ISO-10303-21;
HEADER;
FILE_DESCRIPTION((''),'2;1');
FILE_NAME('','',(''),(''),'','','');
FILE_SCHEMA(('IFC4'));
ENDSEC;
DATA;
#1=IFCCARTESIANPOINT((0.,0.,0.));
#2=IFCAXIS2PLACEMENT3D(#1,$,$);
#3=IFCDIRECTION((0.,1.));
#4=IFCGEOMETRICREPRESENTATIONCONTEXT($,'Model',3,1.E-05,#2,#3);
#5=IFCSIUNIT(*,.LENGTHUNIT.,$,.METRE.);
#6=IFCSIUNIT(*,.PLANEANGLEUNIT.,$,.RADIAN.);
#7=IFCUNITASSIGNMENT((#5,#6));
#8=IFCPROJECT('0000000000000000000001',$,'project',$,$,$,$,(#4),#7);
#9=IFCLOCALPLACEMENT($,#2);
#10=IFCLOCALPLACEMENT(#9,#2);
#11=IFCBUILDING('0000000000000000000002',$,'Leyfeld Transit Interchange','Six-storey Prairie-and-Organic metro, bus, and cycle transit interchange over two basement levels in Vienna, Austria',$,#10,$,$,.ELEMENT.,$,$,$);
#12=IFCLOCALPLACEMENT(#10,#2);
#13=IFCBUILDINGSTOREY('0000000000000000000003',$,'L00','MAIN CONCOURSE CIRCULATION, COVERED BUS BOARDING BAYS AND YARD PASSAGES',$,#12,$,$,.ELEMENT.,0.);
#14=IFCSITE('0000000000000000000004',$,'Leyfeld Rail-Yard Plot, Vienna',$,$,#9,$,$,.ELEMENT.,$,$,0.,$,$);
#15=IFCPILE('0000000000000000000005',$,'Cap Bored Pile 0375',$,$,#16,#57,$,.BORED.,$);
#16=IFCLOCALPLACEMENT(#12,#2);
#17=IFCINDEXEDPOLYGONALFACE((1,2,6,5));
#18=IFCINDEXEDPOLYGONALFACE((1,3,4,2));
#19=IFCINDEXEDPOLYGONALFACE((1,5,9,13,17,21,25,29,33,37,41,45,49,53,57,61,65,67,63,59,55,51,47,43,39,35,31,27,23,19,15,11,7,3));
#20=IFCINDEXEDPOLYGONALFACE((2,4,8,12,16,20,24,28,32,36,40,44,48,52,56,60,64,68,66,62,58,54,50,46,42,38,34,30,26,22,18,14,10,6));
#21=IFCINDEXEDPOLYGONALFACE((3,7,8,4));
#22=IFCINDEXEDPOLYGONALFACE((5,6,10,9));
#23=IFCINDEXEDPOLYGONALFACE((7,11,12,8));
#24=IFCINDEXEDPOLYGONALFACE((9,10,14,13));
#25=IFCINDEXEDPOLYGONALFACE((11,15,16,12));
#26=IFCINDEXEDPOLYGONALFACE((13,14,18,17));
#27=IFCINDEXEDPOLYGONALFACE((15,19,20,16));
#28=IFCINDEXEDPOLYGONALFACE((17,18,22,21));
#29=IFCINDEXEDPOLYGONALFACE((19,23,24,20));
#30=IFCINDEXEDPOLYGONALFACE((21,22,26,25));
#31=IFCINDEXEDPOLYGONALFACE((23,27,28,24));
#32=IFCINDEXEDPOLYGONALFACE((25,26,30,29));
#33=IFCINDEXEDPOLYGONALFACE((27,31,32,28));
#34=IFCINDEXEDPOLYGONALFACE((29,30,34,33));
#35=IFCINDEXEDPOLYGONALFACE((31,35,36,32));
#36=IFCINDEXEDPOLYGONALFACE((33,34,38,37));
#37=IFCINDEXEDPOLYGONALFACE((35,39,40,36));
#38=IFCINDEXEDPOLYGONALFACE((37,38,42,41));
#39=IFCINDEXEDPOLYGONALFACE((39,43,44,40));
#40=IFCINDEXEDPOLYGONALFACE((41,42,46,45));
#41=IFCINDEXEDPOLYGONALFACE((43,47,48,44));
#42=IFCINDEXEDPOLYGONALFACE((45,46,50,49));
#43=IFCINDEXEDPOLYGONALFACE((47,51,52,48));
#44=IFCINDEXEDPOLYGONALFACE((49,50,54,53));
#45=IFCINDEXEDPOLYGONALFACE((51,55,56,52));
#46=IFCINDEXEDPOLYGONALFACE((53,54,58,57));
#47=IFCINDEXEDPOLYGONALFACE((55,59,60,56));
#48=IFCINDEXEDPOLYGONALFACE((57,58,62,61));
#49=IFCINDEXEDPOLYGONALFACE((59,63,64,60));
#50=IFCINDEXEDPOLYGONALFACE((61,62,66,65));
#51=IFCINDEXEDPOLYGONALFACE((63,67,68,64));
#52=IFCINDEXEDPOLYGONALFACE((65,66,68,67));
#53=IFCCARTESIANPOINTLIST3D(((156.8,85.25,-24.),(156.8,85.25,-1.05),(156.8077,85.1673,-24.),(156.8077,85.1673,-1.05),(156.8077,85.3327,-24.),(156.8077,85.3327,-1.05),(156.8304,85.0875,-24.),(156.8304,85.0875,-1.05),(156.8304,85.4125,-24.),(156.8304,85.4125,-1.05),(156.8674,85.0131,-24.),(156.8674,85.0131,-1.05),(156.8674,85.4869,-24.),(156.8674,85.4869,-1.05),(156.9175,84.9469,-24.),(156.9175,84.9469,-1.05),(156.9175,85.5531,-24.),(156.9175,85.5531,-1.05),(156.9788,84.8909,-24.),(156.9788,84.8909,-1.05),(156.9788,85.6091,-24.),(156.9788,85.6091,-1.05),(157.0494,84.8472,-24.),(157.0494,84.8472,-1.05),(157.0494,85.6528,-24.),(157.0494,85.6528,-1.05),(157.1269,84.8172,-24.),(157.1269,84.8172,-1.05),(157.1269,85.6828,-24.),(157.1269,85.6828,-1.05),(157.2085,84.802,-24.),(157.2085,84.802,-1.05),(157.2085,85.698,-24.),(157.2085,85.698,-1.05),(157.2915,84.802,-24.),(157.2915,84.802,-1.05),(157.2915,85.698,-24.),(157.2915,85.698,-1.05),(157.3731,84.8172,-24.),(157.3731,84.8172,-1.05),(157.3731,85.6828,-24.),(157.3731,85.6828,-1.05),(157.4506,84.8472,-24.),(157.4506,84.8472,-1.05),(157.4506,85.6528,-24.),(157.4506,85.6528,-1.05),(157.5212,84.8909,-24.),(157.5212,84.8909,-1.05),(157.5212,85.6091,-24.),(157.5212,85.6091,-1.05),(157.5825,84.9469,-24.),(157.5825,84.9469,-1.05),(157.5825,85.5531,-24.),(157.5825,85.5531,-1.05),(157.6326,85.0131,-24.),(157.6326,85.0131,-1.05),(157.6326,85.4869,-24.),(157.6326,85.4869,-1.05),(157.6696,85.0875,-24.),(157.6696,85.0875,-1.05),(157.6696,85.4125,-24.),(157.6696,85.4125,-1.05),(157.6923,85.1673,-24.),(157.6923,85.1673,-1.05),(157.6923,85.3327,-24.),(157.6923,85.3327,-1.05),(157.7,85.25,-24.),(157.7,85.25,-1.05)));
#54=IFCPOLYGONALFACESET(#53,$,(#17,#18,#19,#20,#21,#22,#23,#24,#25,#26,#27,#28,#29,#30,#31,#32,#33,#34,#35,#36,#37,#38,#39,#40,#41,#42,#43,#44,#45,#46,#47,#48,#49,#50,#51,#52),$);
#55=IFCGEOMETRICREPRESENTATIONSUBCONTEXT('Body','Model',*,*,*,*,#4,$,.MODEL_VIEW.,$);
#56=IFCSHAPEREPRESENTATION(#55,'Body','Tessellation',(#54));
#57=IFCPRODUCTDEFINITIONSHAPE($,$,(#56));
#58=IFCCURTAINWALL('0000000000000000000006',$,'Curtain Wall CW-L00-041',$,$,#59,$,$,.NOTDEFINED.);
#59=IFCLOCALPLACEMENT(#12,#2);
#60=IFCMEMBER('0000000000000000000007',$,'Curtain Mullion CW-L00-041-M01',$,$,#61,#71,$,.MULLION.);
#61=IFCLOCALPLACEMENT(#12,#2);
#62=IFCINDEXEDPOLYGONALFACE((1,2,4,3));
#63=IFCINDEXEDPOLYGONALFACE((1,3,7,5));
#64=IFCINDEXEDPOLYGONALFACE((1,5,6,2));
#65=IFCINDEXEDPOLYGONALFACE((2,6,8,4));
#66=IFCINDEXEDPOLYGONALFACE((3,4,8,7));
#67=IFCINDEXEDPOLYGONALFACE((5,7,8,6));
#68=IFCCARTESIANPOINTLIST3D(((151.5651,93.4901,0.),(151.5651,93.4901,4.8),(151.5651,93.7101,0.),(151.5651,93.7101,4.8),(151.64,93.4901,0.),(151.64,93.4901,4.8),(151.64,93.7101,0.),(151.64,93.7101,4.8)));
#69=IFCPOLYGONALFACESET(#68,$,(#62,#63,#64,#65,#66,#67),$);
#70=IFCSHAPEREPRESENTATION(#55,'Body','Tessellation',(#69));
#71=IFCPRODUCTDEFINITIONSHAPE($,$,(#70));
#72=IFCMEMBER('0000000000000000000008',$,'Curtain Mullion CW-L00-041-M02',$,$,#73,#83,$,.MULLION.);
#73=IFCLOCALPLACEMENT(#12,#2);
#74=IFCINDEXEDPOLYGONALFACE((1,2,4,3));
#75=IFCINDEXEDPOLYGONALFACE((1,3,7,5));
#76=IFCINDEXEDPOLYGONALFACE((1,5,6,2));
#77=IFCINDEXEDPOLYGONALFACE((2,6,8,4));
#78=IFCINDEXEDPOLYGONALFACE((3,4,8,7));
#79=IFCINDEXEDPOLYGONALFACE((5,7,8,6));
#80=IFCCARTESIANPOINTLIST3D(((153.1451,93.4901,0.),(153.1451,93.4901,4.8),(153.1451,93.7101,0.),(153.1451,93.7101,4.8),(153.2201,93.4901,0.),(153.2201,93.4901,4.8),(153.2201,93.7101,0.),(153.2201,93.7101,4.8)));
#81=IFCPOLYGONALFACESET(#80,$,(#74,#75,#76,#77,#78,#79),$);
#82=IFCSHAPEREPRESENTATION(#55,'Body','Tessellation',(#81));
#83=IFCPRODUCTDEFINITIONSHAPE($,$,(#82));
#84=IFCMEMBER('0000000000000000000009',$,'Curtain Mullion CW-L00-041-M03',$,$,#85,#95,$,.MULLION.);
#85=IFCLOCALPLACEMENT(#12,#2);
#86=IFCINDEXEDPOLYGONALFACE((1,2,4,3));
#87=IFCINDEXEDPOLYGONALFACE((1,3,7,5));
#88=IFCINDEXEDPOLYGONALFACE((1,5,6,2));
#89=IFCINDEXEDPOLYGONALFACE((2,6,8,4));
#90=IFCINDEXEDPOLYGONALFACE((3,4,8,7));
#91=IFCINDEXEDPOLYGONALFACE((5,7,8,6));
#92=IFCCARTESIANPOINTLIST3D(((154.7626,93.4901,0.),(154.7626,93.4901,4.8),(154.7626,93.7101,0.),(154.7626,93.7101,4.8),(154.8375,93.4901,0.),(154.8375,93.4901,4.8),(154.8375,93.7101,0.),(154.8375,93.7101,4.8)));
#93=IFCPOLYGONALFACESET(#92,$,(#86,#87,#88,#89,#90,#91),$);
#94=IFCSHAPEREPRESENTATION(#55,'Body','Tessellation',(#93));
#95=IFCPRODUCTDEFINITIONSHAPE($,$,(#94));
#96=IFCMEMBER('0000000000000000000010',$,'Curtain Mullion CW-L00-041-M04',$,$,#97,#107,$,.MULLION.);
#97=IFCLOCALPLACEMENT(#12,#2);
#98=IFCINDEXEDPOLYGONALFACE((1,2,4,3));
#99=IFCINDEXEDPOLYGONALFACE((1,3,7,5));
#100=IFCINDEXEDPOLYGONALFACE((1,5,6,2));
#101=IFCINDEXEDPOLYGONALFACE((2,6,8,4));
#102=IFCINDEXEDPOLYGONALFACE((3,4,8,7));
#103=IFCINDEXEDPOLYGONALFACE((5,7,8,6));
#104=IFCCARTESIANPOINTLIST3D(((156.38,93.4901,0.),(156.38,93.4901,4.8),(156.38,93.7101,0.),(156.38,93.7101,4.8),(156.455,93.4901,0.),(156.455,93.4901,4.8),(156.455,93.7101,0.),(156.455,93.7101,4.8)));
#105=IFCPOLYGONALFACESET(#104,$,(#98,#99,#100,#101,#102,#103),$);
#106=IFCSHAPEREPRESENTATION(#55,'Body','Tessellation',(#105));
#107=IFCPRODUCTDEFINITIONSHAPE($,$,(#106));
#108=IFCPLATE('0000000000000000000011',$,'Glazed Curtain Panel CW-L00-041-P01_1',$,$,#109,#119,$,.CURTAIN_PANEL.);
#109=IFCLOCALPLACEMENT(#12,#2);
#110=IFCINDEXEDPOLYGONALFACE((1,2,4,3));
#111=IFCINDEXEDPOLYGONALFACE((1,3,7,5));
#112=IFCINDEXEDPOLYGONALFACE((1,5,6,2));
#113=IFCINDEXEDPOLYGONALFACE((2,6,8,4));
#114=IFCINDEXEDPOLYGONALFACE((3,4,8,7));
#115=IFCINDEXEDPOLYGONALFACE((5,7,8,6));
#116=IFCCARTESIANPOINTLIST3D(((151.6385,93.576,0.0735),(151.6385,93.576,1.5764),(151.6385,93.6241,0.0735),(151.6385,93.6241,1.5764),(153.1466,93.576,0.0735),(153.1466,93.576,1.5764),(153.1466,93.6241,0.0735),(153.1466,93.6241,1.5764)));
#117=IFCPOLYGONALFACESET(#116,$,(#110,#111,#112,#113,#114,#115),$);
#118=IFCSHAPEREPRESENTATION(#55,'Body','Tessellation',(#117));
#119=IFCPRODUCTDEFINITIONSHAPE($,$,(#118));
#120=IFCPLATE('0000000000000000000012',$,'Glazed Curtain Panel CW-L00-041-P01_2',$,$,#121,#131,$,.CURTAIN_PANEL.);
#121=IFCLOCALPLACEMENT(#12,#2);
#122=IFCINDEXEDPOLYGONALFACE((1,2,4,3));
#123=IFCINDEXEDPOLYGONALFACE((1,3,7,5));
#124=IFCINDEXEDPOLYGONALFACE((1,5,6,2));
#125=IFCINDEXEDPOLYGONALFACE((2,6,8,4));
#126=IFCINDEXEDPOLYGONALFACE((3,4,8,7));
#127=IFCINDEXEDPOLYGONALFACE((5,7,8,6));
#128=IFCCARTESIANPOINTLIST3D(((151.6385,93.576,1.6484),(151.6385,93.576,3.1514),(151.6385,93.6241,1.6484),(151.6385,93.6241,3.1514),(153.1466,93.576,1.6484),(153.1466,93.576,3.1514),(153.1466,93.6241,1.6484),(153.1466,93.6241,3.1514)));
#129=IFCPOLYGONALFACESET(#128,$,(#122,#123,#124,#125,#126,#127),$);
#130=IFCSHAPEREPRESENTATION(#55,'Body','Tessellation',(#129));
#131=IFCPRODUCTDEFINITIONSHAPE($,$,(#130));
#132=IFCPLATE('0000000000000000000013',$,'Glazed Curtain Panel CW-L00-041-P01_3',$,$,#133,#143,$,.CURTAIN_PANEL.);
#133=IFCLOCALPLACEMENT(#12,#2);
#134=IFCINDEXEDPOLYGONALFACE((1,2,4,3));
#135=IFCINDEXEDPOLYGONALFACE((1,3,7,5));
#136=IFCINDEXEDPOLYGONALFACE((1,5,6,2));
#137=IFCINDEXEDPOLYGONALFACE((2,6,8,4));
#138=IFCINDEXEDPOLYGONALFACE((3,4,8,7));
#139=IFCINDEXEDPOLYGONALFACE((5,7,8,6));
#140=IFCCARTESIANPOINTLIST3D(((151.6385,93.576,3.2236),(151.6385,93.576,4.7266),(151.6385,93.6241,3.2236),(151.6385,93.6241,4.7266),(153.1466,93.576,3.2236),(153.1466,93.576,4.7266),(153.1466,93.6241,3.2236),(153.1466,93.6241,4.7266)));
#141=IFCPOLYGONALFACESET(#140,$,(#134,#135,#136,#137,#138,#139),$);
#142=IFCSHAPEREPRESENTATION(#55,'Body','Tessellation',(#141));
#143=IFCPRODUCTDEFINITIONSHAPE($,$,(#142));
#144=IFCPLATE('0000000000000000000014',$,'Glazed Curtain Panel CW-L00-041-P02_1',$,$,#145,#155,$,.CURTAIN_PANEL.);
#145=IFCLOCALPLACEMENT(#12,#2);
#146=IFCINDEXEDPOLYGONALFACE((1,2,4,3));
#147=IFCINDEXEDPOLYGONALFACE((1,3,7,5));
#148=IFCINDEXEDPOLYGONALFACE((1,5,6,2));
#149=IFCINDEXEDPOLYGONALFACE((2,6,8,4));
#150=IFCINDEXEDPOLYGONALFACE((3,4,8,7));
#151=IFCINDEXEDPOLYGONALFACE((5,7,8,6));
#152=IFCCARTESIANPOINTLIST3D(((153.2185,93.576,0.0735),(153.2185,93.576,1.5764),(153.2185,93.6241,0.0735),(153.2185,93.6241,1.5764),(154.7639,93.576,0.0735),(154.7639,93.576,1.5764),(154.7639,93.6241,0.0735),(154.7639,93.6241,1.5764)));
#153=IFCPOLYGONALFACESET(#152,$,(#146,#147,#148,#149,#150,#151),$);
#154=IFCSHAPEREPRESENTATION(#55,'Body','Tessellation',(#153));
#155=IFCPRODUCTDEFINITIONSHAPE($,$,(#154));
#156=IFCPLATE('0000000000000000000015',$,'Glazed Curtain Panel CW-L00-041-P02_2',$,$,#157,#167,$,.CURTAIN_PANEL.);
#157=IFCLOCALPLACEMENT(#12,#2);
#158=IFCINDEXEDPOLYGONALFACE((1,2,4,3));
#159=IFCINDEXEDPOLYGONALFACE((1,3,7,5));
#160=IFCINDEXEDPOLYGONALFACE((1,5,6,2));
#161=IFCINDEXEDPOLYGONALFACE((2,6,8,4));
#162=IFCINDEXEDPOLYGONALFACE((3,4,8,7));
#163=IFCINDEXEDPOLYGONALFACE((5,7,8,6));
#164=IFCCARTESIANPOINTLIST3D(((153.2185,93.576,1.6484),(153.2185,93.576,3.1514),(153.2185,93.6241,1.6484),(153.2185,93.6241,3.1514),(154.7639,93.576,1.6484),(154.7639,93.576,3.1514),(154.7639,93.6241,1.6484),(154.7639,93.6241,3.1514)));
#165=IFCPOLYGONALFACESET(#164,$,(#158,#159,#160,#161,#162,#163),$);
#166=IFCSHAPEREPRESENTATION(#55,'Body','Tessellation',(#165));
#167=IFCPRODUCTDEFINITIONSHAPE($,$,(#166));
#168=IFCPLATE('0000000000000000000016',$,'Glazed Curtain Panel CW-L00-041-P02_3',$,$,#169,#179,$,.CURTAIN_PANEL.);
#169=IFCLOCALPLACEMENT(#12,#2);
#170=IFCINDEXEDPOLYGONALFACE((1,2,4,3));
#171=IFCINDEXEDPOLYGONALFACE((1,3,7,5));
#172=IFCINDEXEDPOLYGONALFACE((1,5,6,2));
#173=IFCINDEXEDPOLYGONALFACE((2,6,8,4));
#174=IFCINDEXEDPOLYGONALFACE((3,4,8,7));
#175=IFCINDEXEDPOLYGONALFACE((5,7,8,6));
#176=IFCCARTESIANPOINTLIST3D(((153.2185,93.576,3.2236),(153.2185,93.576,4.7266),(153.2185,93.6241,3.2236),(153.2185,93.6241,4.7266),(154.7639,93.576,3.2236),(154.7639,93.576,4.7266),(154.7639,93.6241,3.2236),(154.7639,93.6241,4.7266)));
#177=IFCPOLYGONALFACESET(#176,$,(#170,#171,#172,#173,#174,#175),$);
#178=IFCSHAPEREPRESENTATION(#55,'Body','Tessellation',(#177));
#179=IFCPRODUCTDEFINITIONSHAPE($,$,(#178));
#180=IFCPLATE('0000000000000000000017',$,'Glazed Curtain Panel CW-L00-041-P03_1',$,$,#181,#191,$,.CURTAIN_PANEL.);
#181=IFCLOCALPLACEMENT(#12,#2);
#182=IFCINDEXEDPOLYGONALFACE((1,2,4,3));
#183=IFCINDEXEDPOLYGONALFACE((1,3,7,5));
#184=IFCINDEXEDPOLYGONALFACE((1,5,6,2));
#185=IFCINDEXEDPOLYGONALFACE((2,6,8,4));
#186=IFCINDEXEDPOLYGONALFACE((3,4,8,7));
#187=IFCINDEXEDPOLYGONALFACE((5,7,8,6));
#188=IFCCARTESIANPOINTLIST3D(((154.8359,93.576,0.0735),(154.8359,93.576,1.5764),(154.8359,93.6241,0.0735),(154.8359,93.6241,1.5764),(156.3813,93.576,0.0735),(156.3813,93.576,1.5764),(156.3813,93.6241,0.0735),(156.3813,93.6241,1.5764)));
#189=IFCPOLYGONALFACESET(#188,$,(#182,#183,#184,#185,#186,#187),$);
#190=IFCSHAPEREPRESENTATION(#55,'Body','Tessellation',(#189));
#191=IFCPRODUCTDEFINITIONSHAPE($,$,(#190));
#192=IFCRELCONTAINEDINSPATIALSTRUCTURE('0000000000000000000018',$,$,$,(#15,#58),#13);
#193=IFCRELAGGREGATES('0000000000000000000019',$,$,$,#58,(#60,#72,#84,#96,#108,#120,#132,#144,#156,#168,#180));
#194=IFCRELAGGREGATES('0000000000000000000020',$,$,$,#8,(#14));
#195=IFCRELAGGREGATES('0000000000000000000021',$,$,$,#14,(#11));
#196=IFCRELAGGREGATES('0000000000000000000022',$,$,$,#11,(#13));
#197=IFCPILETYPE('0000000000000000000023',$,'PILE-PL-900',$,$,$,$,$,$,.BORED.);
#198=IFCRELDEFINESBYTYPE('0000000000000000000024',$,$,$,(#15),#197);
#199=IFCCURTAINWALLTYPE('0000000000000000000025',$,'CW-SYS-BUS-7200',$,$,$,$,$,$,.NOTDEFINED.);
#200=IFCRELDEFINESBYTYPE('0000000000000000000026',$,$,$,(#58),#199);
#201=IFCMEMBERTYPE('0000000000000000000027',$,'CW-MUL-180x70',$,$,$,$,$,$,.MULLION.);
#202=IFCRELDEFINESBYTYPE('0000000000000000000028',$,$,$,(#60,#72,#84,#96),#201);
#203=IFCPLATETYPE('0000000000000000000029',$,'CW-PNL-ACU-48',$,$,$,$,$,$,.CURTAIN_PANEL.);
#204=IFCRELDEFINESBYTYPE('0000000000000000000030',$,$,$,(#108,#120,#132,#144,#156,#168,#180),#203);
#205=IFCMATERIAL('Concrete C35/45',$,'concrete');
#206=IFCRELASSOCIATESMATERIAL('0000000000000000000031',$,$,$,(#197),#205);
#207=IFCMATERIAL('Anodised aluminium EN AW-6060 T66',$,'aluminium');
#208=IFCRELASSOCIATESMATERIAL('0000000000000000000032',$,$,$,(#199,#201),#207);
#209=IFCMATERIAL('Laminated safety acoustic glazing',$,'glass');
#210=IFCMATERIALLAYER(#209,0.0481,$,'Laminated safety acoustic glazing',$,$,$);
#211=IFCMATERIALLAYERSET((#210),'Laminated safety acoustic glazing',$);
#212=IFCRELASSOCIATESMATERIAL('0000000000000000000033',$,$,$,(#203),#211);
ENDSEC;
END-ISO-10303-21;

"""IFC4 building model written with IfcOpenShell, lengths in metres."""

from ifc_helpers import new_model, si_unit, direction, frame, origin, origin_2d, place, context, subcontext, project, spatial, rectangle, circle, extrude, material, layer, layer_set, material_profile, profile_set, type_object, element, aggregate, save


model = new_model("IFC4")

# Units and contexts
model_context = context("Model", 3, precision=1e-05, world=origin(), true_north=direction((0.0, 1.0)))
body_context = subcontext(model_context, "Body", "Model", "MODEL_VIEW")
ifc_project = project(units=[si_unit("LENGTHUNIT", "METRE"), si_unit("PLANEANGLEUNIT", "RADIAN")], contexts=[model_context])

# Site, building, storey
site_placement = place(None, origin())
site = spatial("IfcSite", under=ifc_project, at=site_placement, Name="Leyfeld Rail-Yard Plot, Vienna", CompositionType="ELEMENT", RefElevation=0.0)
building_placement = place(site_placement, origin())
building = spatial("IfcBuilding", under=site, at=building_placement, Name="Leyfeld Transit Interchange", Description="Six-storey Prairie-and-Organic metro, bus, and cycle transit interchange over two basement levels in Vienna, Austria", CompositionType="ELEMENT")
storey_placement = place(building_placement, origin())
storey = spatial("IfcBuildingStorey", under=building, at=storey_placement, Name="L00", Description="MAIN CONCOURSE CIRCULATION, COVERED BUS BOARDING BAYS AND YARD PASSAGES", CompositionType="ELEMENT", Elevation=0.0)

# Shared definitions
ifc_material_1 = material(Name="Concrete C35/45", Category="concrete")

# Pile
ifc_material_profile_1 = material_profile(ifc_material_1, circle(Radius=0.45, at=origin_2d()), Name="PILE D900")
ifc_profile_set_1 = profile_set([ifc_material_profile_1], Name="Concrete C35/45")
pile_type = type_object("IfcPileType", Name="PILE-PL-900", PredefinedType="BORED", material=ifc_profile_set_1)
for number, where, z_axis, x_axis, name in (
    (1, (157.25, 85.25, -1.05), (0.0, 0.0, -1.0), (1.0, 0.0, 0.0), "Cap Bored Pile 0375"),
):
    element("IfcPile", number, at=place(storey_placement, frame(where, z_axis=z_axis, x_axis=x_axis)), inside=storey, type_object=pile_type, Name=name, PredefinedType="BORED", context=body_context, shape_type="SweptSolid", body=[
        extrude(circle(Radius=0.45, at=origin_2d()), origin(), (0.0, 0.0, 1.0), 22.95),
    ])

# Curtain wall, members, plates
ifc_material_2 = material(Name="Anodised aluminium EN AW-6060 T66", Category="aluminium")
curtain_wall_type = type_object("IfcCurtainWallType", Name="CW-SYS-BUS-7200", PredefinedType="NOTDEFINED", material=ifc_material_2)
curtain_wall_placement = place(storey_placement, origin())
curtain_wall = element("IfcCurtainWall", 2, at=curtain_wall_placement, inside=storey, type_object=curtain_wall_type, Name="Curtain Wall CW-L00-041", PredefinedType="NOTDEFINED")
ifc_material_profile_2 = material_profile(ifc_material_2, rectangle(XDim=0.075, YDim=0.22, at=origin_2d()), Name="CW-M 75x220")
ifc_profile_set_2 = profile_set([ifc_material_profile_2], Name="Anodised aluminium EN AW-6060 T66")
member_type = type_object("IfcMemberType", Name="CW-MUL-180x70", PredefinedType="MULLION", material=ifc_profile_set_2)
member_1_placement = place(storey_placement, frame((151.6025, 93.6001, 0.0), z_axis=(0.0, 0.0, 1.0), x_axis=(1.0, 0.0, 0.0)))
member_1 = element("IfcMember", 3, at=member_1_placement, type_object=member_type, Name="Curtain Mullion CW-L00-041-M01", PredefinedType="MULLION", context=body_context, shape_type="SweptSolid", body=[
    extrude(rectangle(XDim=0.075, YDim=0.22, at=origin_2d()), origin(), (0.0, 0.0, 1.0), 4.8),
])
member_2_placement = place(storey_placement, frame((153.1826, 93.6001, 0.0), z_axis=(0.0, 0.0, 1.0), x_axis=(1.0, 0.0, 0.0)))
member_2 = element("IfcMember", 4, at=member_2_placement, type_object=member_type, Name="Curtain Mullion CW-L00-041-M02", PredefinedType="MULLION", context=body_context, shape_type="SweptSolid", body=[
    extrude(rectangle(XDim=0.075, YDim=0.22, at=origin_2d()), origin(), (0.0, 0.0, 1.0), 4.8),
])
member_3_placement = place(storey_placement, frame((154.8, 93.6001, 0.0), z_axis=(0.0, 0.0, 1.0), x_axis=(1.0, 0.0, 0.0)))
member_3 = element("IfcMember", 5, at=member_3_placement, type_object=member_type, Name="Curtain Mullion CW-L00-041-M03", PredefinedType="MULLION", context=body_context, shape_type="SweptSolid", body=[
    extrude(rectangle(XDim=0.075, YDim=0.22, at=origin_2d()), origin(), (0.0, 0.0, 1.0), 4.8),
])
member_4_placement = place(storey_placement, frame((156.4175, 93.6001, 0.0), z_axis=(0.0, 0.0, 1.0), x_axis=(1.0, 0.0, 0.0)))
member_4 = element("IfcMember", 6, at=member_4_placement, type_object=member_type, Name="Curtain Mullion CW-L00-041-M04", PredefinedType="MULLION", context=body_context, shape_type="SweptSolid", body=[
    extrude(rectangle(XDim=0.075, YDim=0.22, at=origin_2d()), origin(), (0.0, 0.0, 1.0), 4.8),
])
ifc_material_3 = material(Name="Laminated safety acoustic glazing", Category="glass")
ifc_layer = layer(ifc_material_3, 0.0481, Name="Laminated safety acoustic glazing")
ifc_layer_set = layer_set([ifc_layer], Name="Laminated safety acoustic glazing")
plate_type = type_object("IfcPlateType", Name="CW-PNL-ACU-48", PredefinedType="CURTAIN_PANEL", material=ifc_layer_set)
plate_1_placement = place(storey_placement, frame((152.3926, 93.6001, 0.0735), z_axis=(0.0, 0.0, 1.0), x_axis=(1.0, 0.0, 0.0)))
plate_1 = element("IfcPlate", 7, at=plate_1_placement, type_object=plate_type, Name="Glazed Curtain Panel CW-L00-041-P01_1", PredefinedType="CURTAIN_PANEL", context=body_context, shape_type="SweptSolid", body=[
    extrude(rectangle(XDim=1.5081, YDim=0.0481, at=origin_2d()), origin(), (0.0, 0.0, 1.0), 1.5029),
])
plate_2_placement = place(storey_placement, frame((152.3926, 93.6001, 1.6484), z_axis=(0.0, 0.0, 1.0), x_axis=(1.0, 0.0, 0.0)))
plate_2 = element("IfcPlate", 8, at=plate_2_placement, type_object=plate_type, Name="Glazed Curtain Panel CW-L00-041-P01_2", PredefinedType="CURTAIN_PANEL", context=body_context, shape_type="SweptSolid", body=[
    extrude(rectangle(XDim=1.5081, YDim=0.0481, at=origin_2d()), origin(), (0.0, 0.0, 1.0), 1.5029),
])
plate_3_placement = place(storey_placement, frame((152.3926, 93.6001, 3.2236), z_axis=(0.0, 0.0, 1.0), x_axis=(1.0, 0.0, 0.0)))
plate_3 = element("IfcPlate", 9, at=plate_3_placement, type_object=plate_type, Name="Glazed Curtain Panel CW-L00-041-P01_3", PredefinedType="CURTAIN_PANEL", context=body_context, shape_type="SweptSolid", body=[
    extrude(rectangle(XDim=1.5081, YDim=0.0481, at=origin_2d()), origin(), (0.0, 0.0, 1.0), 1.5029),
])
plate_4_placement = place(storey_placement, frame((153.9912, 93.6001, 0.0735), z_axis=(0.0, 0.0, 1.0), x_axis=(1.0, 0.0, 0.0)))
plate_4 = element("IfcPlate", 10, at=plate_4_placement, type_object=plate_type, Name="Glazed Curtain Panel CW-L00-041-P02_1", PredefinedType="CURTAIN_PANEL", context=body_context, shape_type="SweptSolid", body=[
    extrude(rectangle(XDim=1.5454, YDim=0.0481, at=origin_2d()), origin(), (0.0, 0.0, 1.0), 1.5029),
])
plate_5_placement = place(storey_placement, frame((153.9912, 93.6001, 1.6484), z_axis=(0.0, 0.0, 1.0), x_axis=(1.0, 0.0, 0.0)))
plate_5 = element("IfcPlate", 11, at=plate_5_placement, type_object=plate_type, Name="Glazed Curtain Panel CW-L00-041-P02_2", PredefinedType="CURTAIN_PANEL", context=body_context, shape_type="SweptSolid", body=[
    extrude(rectangle(XDim=1.5454, YDim=0.0481, at=origin_2d()), origin(), (0.0, 0.0, 1.0), 1.5029),
])
plate_6_placement = place(storey_placement, frame((153.9912, 93.6001, 3.2236), z_axis=(0.0, 0.0, 1.0), x_axis=(1.0, 0.0, 0.0)))
plate_6 = element("IfcPlate", 12, at=plate_6_placement, type_object=plate_type, Name="Glazed Curtain Panel CW-L00-041-P02_3", PredefinedType="CURTAIN_PANEL", context=body_context, shape_type="SweptSolid", body=[
    extrude(rectangle(XDim=1.5454, YDim=0.0481, at=origin_2d()), origin(), (0.0, 0.0, 1.0), 1.5029),
])
plate_7_placement = place(storey_placement, frame((155.6086, 93.6001, 0.0735), z_axis=(0.0, 0.0, 1.0), x_axis=(1.0, 0.0, 0.0)))
plate_7 = element("IfcPlate", 13, at=plate_7_placement, type_object=plate_type, Name="Glazed Curtain Panel CW-L00-041-P03_1", PredefinedType="CURTAIN_PANEL", context=body_context, shape_type="SweptSolid", body=[
    extrude(rectangle(XDim=1.5454, YDim=0.0481, at=origin_2d()), origin(), (0.0, 0.0, 1.0), 1.5029),
])
aggregate(curtain_wall, [member_1, member_2, member_3, member_4, plate_1, plate_2, plate_3, plate_4, plate_5, plate_6, plate_7])

save(model, "model.ifc")
